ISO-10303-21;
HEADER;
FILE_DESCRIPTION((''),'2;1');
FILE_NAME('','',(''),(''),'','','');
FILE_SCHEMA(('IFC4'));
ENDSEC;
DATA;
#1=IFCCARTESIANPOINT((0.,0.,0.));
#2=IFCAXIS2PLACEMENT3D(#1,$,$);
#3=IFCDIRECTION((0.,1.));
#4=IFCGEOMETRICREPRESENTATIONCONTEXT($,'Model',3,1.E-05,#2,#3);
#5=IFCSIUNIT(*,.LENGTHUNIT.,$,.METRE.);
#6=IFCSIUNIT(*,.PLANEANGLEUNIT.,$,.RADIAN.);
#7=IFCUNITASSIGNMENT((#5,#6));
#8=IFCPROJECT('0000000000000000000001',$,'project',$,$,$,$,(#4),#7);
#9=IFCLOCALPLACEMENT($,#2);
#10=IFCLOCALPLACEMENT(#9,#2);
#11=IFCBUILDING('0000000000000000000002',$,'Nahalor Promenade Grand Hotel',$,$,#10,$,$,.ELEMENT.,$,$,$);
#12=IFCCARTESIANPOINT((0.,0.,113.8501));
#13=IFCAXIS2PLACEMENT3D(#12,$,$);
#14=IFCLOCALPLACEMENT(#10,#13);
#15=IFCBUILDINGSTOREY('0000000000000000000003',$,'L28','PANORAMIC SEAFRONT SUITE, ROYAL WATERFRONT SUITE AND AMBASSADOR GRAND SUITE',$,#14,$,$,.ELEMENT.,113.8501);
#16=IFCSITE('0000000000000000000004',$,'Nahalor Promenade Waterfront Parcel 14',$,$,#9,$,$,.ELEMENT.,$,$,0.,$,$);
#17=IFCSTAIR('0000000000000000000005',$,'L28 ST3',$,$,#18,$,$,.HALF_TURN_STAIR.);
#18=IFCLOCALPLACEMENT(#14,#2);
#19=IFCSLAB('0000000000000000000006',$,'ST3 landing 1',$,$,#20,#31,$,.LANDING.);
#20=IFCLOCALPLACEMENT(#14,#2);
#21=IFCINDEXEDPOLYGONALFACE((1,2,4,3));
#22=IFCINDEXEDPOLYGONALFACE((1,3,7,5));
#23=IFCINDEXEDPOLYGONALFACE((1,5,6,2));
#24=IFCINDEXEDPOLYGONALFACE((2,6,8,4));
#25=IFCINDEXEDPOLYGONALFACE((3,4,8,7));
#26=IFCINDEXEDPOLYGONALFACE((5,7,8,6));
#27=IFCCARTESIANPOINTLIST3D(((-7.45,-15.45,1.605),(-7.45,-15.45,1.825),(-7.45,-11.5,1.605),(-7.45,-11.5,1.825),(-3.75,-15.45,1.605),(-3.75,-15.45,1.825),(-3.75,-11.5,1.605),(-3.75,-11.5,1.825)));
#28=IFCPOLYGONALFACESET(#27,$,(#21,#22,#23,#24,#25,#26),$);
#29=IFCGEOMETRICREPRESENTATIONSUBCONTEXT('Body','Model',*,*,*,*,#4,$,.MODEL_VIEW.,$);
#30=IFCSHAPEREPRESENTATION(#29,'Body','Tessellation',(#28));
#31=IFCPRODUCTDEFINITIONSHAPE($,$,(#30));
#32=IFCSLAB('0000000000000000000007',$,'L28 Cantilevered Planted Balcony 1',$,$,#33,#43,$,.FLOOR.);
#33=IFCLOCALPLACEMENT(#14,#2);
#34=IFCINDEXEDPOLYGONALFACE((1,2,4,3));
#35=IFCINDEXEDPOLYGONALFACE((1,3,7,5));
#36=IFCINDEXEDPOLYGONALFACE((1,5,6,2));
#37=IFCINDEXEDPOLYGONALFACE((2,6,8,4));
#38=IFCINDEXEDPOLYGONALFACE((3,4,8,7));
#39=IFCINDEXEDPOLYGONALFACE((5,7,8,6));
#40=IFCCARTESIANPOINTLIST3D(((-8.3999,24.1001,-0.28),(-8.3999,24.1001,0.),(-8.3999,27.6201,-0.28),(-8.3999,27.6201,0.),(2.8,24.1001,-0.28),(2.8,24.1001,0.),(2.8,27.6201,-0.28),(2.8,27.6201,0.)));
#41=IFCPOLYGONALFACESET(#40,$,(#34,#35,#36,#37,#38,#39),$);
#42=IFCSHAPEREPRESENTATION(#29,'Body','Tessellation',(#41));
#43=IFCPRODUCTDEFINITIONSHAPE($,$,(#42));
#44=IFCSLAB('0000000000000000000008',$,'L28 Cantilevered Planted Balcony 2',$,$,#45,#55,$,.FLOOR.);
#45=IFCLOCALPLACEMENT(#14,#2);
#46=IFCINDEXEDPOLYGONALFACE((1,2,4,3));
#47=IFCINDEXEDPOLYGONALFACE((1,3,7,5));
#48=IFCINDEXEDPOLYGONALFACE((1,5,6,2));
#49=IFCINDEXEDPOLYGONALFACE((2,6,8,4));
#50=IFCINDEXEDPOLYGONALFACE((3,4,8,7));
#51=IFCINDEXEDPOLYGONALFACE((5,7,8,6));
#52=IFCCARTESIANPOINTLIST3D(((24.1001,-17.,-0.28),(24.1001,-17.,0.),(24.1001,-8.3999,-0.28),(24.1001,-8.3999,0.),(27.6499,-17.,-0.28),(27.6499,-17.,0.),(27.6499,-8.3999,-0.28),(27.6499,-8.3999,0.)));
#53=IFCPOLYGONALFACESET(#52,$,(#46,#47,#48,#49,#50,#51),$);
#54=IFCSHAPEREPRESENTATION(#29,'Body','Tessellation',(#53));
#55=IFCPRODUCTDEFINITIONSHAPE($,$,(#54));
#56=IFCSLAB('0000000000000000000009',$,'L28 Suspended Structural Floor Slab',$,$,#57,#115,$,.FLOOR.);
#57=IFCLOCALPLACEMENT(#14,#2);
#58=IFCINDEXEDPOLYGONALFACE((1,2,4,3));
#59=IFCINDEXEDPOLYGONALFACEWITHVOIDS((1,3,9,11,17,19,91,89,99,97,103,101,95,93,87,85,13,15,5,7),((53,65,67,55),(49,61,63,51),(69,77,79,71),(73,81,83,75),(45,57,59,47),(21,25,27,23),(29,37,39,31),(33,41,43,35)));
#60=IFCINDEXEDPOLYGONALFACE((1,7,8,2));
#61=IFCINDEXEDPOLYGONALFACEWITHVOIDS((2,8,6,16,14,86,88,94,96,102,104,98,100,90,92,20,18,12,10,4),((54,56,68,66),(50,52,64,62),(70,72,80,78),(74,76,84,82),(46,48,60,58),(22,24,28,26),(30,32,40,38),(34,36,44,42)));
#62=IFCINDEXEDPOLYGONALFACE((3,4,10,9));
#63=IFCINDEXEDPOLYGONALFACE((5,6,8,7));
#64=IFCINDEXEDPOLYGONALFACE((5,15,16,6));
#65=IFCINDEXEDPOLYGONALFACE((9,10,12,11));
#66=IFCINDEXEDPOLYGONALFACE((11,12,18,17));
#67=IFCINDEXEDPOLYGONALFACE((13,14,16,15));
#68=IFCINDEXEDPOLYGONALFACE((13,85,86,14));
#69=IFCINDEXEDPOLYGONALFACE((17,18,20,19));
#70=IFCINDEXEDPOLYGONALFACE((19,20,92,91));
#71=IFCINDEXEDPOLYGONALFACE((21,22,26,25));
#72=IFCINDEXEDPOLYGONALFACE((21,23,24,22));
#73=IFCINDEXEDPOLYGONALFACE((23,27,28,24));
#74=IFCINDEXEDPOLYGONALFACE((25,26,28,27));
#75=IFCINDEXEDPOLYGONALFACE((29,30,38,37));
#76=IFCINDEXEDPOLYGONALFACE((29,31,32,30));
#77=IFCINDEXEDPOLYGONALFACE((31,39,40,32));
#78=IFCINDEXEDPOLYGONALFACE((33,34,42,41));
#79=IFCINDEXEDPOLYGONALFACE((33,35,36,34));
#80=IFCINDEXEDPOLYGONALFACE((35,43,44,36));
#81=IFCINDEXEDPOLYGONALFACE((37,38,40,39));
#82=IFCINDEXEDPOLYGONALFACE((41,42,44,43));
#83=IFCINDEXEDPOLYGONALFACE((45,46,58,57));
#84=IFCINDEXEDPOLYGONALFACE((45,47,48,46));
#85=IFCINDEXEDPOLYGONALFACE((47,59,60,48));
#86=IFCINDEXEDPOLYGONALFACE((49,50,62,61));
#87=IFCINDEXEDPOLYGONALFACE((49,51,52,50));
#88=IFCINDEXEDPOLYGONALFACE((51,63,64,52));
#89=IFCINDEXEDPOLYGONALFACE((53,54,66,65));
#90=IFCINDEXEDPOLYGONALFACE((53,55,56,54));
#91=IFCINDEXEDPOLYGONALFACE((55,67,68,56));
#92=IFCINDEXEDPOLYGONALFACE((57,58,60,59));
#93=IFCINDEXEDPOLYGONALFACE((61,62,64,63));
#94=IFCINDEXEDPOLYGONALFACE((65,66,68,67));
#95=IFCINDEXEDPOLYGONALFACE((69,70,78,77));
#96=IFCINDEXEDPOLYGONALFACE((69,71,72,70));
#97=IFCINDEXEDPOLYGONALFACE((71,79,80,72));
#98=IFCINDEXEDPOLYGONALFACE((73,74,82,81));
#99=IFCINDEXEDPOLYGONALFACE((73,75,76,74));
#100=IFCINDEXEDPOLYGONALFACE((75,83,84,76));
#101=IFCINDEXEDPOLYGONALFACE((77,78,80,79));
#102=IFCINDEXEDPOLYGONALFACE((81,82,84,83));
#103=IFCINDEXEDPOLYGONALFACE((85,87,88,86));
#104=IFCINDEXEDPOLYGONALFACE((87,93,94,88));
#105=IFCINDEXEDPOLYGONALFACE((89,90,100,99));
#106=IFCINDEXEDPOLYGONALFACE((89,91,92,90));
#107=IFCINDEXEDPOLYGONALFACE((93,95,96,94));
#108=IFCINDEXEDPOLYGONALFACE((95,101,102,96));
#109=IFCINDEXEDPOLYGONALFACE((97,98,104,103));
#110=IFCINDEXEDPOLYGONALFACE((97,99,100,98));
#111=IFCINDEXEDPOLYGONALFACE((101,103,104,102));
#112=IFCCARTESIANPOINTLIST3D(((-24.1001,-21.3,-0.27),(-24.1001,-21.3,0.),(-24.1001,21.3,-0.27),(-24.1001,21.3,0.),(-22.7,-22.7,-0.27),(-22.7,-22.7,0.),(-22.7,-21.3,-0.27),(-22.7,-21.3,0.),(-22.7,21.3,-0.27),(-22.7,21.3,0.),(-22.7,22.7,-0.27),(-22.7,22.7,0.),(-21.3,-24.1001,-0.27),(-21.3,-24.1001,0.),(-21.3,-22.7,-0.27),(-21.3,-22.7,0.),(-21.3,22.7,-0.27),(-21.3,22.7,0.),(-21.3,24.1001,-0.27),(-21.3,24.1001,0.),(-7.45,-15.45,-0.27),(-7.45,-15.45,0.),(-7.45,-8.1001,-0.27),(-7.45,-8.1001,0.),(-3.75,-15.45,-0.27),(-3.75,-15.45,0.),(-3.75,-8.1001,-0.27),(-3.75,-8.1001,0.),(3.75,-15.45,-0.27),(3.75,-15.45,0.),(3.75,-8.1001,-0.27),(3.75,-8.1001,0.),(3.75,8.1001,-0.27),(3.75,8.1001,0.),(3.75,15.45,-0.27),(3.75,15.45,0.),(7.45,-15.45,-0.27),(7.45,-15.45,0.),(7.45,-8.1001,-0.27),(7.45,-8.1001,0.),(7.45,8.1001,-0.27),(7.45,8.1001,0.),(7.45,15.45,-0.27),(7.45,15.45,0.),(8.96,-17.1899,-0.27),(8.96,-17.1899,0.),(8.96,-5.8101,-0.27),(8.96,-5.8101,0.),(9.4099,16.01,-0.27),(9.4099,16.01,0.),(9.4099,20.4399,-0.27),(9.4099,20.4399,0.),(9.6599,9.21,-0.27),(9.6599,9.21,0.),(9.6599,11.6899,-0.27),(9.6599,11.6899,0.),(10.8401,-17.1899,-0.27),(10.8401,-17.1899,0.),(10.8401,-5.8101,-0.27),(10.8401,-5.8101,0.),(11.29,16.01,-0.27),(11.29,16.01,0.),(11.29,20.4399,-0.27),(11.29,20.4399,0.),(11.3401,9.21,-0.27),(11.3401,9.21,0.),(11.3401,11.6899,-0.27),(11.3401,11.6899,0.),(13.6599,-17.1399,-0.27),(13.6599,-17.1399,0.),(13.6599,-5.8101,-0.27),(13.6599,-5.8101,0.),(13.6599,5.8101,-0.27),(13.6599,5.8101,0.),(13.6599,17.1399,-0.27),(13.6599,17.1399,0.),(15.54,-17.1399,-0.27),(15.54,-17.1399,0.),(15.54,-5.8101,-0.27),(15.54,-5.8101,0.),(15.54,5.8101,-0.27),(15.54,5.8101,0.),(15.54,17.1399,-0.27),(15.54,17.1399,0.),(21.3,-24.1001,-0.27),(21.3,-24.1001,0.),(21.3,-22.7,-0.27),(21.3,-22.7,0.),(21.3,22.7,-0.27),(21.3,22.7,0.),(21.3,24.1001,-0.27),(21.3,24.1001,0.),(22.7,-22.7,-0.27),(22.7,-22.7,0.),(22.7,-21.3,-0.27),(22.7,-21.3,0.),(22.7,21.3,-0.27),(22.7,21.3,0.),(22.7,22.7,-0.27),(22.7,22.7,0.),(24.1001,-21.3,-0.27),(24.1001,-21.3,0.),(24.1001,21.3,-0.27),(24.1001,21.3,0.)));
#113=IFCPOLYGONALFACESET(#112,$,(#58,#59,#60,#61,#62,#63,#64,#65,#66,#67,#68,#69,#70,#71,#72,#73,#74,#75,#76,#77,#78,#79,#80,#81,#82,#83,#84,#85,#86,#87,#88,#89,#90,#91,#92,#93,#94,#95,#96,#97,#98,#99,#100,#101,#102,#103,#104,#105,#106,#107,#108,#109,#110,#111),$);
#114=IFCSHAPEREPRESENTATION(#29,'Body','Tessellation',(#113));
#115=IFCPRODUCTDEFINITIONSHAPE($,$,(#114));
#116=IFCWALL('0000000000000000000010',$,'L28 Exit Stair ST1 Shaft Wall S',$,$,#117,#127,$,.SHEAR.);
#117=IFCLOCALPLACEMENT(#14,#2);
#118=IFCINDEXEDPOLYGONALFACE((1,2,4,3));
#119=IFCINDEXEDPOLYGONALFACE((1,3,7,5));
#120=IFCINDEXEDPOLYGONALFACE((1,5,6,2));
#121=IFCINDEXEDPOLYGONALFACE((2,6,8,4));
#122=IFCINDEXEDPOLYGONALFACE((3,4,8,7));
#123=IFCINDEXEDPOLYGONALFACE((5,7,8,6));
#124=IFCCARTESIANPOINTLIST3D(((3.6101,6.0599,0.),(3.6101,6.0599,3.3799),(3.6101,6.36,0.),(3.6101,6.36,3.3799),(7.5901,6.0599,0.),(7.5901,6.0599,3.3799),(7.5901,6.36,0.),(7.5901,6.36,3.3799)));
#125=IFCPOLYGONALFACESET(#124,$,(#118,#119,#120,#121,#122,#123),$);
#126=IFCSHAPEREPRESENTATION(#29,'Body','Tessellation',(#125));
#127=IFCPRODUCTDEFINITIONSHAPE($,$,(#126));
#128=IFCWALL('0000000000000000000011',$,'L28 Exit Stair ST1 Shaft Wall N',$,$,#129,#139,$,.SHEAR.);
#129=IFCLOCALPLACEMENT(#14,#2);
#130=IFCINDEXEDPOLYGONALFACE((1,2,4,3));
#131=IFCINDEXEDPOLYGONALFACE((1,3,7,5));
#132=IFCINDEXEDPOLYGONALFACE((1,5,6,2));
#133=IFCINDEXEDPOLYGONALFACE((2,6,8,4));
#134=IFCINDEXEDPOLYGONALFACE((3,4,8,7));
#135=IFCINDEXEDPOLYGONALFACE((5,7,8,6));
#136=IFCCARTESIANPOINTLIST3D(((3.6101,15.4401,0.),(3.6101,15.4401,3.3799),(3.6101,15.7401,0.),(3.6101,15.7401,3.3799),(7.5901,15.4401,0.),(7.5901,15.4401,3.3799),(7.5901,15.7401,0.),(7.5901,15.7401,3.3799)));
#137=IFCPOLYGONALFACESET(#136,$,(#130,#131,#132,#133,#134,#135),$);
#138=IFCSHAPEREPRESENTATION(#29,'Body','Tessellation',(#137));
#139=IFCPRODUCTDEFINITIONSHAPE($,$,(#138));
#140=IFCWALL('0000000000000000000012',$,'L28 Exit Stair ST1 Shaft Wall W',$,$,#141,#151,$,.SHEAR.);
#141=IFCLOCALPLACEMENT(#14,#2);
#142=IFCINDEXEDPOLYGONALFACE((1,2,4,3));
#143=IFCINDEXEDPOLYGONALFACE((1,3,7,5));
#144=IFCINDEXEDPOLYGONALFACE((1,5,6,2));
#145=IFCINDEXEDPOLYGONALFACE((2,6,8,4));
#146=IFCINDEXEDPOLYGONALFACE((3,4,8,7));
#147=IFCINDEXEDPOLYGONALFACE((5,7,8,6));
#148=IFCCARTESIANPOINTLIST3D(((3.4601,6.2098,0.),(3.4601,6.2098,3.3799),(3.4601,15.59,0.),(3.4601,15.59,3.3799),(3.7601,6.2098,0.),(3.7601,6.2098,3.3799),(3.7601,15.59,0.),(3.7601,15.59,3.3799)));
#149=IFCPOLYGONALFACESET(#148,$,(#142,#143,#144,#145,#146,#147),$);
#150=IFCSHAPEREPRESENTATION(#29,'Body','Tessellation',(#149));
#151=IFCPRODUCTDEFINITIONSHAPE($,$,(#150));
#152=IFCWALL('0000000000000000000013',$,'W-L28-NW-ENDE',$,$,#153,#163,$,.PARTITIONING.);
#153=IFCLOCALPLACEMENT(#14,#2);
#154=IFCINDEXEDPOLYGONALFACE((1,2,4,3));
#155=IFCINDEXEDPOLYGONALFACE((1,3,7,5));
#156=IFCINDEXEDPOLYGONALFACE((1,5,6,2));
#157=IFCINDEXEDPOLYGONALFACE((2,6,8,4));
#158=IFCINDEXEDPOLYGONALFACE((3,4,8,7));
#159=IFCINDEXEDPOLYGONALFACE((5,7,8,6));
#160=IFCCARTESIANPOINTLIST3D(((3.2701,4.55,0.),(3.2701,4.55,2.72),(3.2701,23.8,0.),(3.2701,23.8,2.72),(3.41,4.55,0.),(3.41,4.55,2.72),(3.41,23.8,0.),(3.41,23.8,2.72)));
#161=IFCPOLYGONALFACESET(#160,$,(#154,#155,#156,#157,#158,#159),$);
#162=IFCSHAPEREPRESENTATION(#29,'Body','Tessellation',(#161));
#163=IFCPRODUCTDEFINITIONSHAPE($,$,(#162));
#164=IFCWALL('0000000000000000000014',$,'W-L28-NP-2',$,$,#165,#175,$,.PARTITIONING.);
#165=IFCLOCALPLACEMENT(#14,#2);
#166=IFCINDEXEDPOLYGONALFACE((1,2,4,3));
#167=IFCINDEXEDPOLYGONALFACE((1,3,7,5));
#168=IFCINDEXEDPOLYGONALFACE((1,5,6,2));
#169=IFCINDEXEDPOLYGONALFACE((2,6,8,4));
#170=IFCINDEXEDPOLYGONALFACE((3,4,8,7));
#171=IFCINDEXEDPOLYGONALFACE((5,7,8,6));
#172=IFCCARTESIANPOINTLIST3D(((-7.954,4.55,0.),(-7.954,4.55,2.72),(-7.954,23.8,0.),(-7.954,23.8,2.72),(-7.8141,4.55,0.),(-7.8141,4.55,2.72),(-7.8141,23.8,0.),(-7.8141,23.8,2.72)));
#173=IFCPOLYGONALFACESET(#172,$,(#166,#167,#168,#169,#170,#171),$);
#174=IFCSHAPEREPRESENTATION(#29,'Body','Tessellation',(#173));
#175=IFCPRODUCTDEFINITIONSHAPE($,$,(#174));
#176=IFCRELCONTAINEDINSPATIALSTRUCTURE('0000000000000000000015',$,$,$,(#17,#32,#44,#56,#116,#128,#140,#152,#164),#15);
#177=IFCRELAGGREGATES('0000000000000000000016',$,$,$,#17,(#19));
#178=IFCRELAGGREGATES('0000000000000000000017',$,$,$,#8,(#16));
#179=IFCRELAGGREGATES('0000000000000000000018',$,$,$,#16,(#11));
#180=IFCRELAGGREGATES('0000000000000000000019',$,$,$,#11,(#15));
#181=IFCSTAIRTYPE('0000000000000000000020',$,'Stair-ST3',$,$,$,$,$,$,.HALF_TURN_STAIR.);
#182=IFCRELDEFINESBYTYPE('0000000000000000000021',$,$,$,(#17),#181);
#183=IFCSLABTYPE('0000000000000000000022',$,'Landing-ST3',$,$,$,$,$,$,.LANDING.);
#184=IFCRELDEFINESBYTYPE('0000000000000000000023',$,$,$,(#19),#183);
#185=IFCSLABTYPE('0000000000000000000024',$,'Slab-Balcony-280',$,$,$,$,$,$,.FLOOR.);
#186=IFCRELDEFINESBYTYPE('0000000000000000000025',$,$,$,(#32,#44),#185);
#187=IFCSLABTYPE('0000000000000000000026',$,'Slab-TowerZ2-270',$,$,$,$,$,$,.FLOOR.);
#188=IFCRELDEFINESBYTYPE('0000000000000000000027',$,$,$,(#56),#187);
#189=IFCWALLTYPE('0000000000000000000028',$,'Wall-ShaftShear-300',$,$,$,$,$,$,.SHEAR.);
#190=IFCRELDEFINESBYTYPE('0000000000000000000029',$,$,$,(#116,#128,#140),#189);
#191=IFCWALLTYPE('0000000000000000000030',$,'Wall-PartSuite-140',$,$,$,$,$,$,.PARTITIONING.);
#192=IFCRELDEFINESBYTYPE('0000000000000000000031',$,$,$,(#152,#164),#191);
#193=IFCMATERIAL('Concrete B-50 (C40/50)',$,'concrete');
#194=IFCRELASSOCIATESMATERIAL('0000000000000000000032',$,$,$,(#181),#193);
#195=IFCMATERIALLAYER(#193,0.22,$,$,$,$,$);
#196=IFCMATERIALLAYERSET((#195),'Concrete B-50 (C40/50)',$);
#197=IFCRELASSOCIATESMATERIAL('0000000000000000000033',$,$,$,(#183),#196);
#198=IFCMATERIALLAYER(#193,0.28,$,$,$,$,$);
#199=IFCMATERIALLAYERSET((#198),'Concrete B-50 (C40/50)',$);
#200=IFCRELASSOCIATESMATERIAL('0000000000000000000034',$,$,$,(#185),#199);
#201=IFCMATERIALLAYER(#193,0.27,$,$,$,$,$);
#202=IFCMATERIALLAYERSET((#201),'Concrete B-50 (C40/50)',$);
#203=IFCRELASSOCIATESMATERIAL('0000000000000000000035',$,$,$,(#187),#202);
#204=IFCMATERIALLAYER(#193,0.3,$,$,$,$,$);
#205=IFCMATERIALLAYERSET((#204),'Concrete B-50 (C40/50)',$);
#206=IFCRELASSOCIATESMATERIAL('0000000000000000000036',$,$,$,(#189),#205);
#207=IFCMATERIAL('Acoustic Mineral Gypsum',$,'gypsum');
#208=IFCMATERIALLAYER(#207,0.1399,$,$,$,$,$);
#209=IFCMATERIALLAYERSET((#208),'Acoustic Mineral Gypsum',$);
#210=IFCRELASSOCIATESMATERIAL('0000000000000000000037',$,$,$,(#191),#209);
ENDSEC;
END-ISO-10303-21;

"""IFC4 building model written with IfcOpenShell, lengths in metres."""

from ifc_helpers import new_model, si_unit, direction, frame, frame_2d, origin, place, context, subcontext, project, spatial, polyline, rectangle, outline, extrude, source, transform, mapped, material, layer, layer_set, type_object, element, aggregate, save


model = new_model("IFC4")

# Units and contexts
model_context = context("Model", 3, precision=1e-05, world=origin(), true_north=direction((0.0, 1.0)))
body_context = subcontext(model_context, "Body", "Model", "MODEL_VIEW")
ifc_project = project(units=[si_unit("LENGTHUNIT", "METRE"), si_unit("PLANEANGLEUNIT", "RADIAN")], contexts=[model_context])

# Site, building, storey
site_placement = place(None, origin())
site = spatial("IfcSite", under=ifc_project, at=site_placement, Name="Nahalor Promenade Waterfront Parcel 14", CompositionType="ELEMENT", RefElevation=0.0)
building_placement = place(site_placement, origin())
building = spatial("IfcBuilding", under=site, at=building_placement, Name="Nahalor Promenade Grand Hotel", CompositionType="ELEMENT")
storey_placement = place(building_placement, frame((0.0, 0.0, 113.8501)))
storey = spatial("IfcBuildingStorey", under=building, at=storey_placement, Name="L28", Description="PANORAMIC SEAFRONT SUITE, ROYAL WATERFRONT SUITE AND AMBASSADOR GRAND SUITE", CompositionType="ELEMENT", Elevation=113.8501)

# Stair, slab
ifc_material_1 = material(Name="Concrete B-50 (C40/50)", Category="concrete")
stair_type_1 = type_object("IfcStairType", Name="Stair-ST3", PredefinedType="HALF_TURN_STAIR", material=ifc_material_1)
stair_1_placement = place(storey_placement, origin())
stair_1 = element("IfcStair", 1, at=stair_1_placement, inside=storey, type_object=stair_type_1, Name="L28 ST3", PredefinedType="HALF_TURN_STAIR")
ifc_layer_1 = layer(ifc_material_1, 0.22)
ifc_layer_set_1 = layer_set([ifc_layer_1], Name="Concrete B-50 (C40/50)")
slab_type_1 = type_object("IfcSlabType", Name="Landing-ST3", PredefinedType="LANDING", material=ifc_layer_set_1)
slab_1_placement = place(storey_placement, frame((0.0, 0.0, 1.605)))
slab_1 = element("IfcSlab", 2, at=slab_1_placement, type_object=slab_type_1, Name="ST3 landing 1", PredefinedType="LANDING", context=body_context, shape_type="SweptSolid", body=[
    extrude(outline(polyline([(-7.45, -11.5), (-7.45, -15.45), (-3.75, -15.45), (-3.75, -11.5), (-7.45, -11.5)])), origin(), (0.0, 0.0, 1.0), 0.22),
])
aggregate(stair_1, [slab_1])

# Slabs
ifc_layer_2 = layer(ifc_material_1, 0.28)
ifc_layer_set_2 = layer_set([ifc_layer_2], Name="Concrete B-50 (C40/50)")
slab_type_2 = type_object("IfcSlabType", Name="Slab-Balcony-280", PredefinedType="FLOOR", material=ifc_layer_set_2)
slab_2_placement = place(storey_placement, frame((0.0, 0.0, -0.28)))
element("IfcSlab", 3, at=slab_2_placement, inside=storey, type_object=slab_type_2, Name="L28 Cantilevered Planted Balcony 1", PredefinedType="FLOOR", context=body_context, shape_type="SweptSolid", body=[
    extrude(outline(polyline([(-8.3999, 24.1001), (2.8, 24.1001), (2.8, 27.6201), (-8.3999, 27.6201), (-8.3999, 24.1001)])), origin(), (0.0, 0.0, 1.0), 0.28),
])
slab_3_placement = place(storey_placement, frame((0.0, 0.0, -0.28)))
element("IfcSlab", 4, at=slab_3_placement, inside=storey, type_object=slab_type_2, Name="L28 Cantilevered Planted Balcony 2", PredefinedType="FLOOR", context=body_context, shape_type="SweptSolid", body=[
    extrude(outline(polyline([(24.1001, -17.0), (27.6499, -17.0), (27.6499, -8.3999), (24.1001, -8.3999), (24.1001, -17.0)])), origin(), (0.0, 0.0, 1.0), 0.28),
])
ifc_layer_3 = layer(ifc_material_1, 0.27)
ifc_layer_set_3 = layer_set([ifc_layer_3], Name="Concrete B-50 (C40/50)")
slab_type_3 = type_object("IfcSlabType", Name="Slab-TowerZ2-270", PredefinedType="FLOOR", material=ifc_layer_set_3)
slab_4_placement = place(storey_placement, frame((0.0, 0.0, -0.27)))
element("IfcSlab", 5, at=slab_4_placement, inside=storey, type_object=slab_type_3, Name="L28 Suspended Structural Floor Slab", PredefinedType="FLOOR", context=body_context, shape_type="SweptSolid", body=[
    extrude(outline(polyline([(-21.3, -24.1001), (21.3, -24.1001), (21.3, -22.7), (22.7, -22.7), (22.7, -21.3), (24.1001, -21.3), (24.1001, 21.3), (22.7, 21.3), (22.7, 22.7), (21.3, 22.7), (21.3, 24.1001), (-21.3, 24.1001), (-21.3, 22.7), (-22.7, 22.7), (-22.7, 21.3), (-24.1001, 21.3), (-24.1001, -21.3), (-22.7, -21.3), (-22.7, -22.7), (-21.3, -22.7), (-21.3, -24.1001)]), holes=[polyline([(3.75, 8.1001), (7.45, 8.1001), (7.45, 15.45), (3.75, 15.45), (3.75, 8.1001)]), polyline([(3.75, -15.45), (7.45, -15.45), (7.45, -8.1001), (3.75, -8.1001), (3.75, -15.45)]), polyline([(-7.45, -15.45), (-3.75, -15.45), (-3.75, -8.1001), (-7.45, -8.1001), (-7.45, -15.45)]), polyline([(13.6599, 5.8101), (15.54, 5.8101), (15.54, 17.1399), (13.6599, 17.1399), (13.6599, 5.8101)]), polyline([(13.6599, -17.1399), (15.54, -17.1399), (15.54, -5.8101), (13.6599, -5.8101), (13.6599, -17.1399)]), polyline([(8.96, -17.1899), (10.8401, -17.1899), (10.8401, -5.8101), (8.96, -5.8101), (8.96, -17.1899)]), polyline([(9.4099, 16.01), (11.29, 16.01), (11.29, 20.4399), (9.4099, 20.4399), (9.4099, 16.01)]), polyline([(9.6599, 9.21), (11.3401, 9.21), (11.3401, 11.6899), (9.6599, 11.6899), (9.6599, 9.21)])]), origin(), (0.0, 0.0, 1.0), 0.27),
])

# Walls
ifc_layer_4 = layer(ifc_material_1, 0.3)
ifc_layer_set_4 = layer_set([ifc_layer_4], Name="Concrete B-50 (C40/50)")
wall_type_1 = type_object("IfcWallType", Name="Wall-ShaftShear-300", PredefinedType="SHEAR", material=ifc_layer_set_4)
shared_shape_1 = source(origin(), body_context, "Body", "SweptSolid", [
    extrude(rectangle(XDim=3.98, YDim=0.3, at=frame_2d((1.99, 0.0))), origin(), (0.0, 0.0, 1.0), 3.3799),
])
for number, where, z_axis, x_axis, name in (
    (6, (3.6101, 6.21, 0.0), (0.0, 0.0, 1.0), (1.0, 0.0, 0.0), "L28 Exit Stair ST1 Shaft Wall S"),
    (7, (3.6101, 15.5901, 0.0), (0.0, 0.0, 1.0), (1.0, 0.0, 0.0), "L28 Exit Stair ST1 Shaft Wall N"),
):
    element("IfcWall", number, at=place(storey_placement, frame(where, z_axis=z_axis, x_axis=x_axis)), inside=storey, type_object=wall_type_1, Name=name, PredefinedType="SHEAR", context=body_context, shape_type="MappedRepresentation", body=[
        mapped(shared_shape_1, transform((0.0, 0.0, 0.0), scale=1.0)),
    ])
shared_shape_2 = source(origin(), body_context, "Body", "SweptSolid", [
    extrude(rectangle(XDim=9.3801, YDim=0.3, at=frame_2d((4.6899, 0.0))), origin(), (0.0, 0.0, 1.0), 3.3799),
])
wall_1_placement = place(storey_placement, frame((3.6101, 6.21, 0.0), z_axis=(0.0, 0.0, 1.0), x_axis=(0.0, 1.0, 0.0)))
element("IfcWall", 8, at=wall_1_placement, inside=storey, type_object=wall_type_1, Name="L28 Exit Stair ST1 Shaft Wall W", PredefinedType="SHEAR", context=body_context, shape_type="MappedRepresentation", body=[
    mapped(shared_shape_2, transform((0.0, 0.0, 0.0), scale=1.0)),
])
ifc_material_2 = material(Name="Acoustic Mineral Gypsum", Category="gypsum")
ifc_layer_5 = layer(ifc_material_2, 0.1399)
ifc_layer_set_5 = layer_set([ifc_layer_5], Name="Acoustic Mineral Gypsum")
wall_type_2 = type_object("IfcWallType", Name="Wall-PartSuite-140", PredefinedType="PARTITIONING", material=ifc_layer_set_5)
shared_shape_3 = source(origin(), body_context, "Body", "SweptSolid", [
    extrude(rectangle(XDim=19.25, YDim=0.1399, at=frame_2d((9.625, 0.0))), origin(), (0.0, 0.0, 1.0), 2.72),
])
for number, where, z_axis, x_axis, name in (
    (9, (3.3401, 4.55, 0.0), (0.0, 0.0, 1.0), (0.0, 1.0, 0.0), "W-L28-NW-ENDE"),
    (10, (-7.884, 4.55, 0.0), (0.0, 0.0, 1.0), (0.0, 1.0, 0.0), "W-L28-NP-2"),
):
    element("IfcWall", number, at=place(storey_placement, frame(where, z_axis=z_axis, x_axis=x_axis)), inside=storey, type_object=wall_type_2, Name=name, PredefinedType="PARTITIONING", context=body_context, shape_type="MappedRepresentation", body=[
        mapped(shared_shape_3, transform((0.0, 0.0, 0.0), scale=1.0)),
    ])

save(model, "model.ifc")
